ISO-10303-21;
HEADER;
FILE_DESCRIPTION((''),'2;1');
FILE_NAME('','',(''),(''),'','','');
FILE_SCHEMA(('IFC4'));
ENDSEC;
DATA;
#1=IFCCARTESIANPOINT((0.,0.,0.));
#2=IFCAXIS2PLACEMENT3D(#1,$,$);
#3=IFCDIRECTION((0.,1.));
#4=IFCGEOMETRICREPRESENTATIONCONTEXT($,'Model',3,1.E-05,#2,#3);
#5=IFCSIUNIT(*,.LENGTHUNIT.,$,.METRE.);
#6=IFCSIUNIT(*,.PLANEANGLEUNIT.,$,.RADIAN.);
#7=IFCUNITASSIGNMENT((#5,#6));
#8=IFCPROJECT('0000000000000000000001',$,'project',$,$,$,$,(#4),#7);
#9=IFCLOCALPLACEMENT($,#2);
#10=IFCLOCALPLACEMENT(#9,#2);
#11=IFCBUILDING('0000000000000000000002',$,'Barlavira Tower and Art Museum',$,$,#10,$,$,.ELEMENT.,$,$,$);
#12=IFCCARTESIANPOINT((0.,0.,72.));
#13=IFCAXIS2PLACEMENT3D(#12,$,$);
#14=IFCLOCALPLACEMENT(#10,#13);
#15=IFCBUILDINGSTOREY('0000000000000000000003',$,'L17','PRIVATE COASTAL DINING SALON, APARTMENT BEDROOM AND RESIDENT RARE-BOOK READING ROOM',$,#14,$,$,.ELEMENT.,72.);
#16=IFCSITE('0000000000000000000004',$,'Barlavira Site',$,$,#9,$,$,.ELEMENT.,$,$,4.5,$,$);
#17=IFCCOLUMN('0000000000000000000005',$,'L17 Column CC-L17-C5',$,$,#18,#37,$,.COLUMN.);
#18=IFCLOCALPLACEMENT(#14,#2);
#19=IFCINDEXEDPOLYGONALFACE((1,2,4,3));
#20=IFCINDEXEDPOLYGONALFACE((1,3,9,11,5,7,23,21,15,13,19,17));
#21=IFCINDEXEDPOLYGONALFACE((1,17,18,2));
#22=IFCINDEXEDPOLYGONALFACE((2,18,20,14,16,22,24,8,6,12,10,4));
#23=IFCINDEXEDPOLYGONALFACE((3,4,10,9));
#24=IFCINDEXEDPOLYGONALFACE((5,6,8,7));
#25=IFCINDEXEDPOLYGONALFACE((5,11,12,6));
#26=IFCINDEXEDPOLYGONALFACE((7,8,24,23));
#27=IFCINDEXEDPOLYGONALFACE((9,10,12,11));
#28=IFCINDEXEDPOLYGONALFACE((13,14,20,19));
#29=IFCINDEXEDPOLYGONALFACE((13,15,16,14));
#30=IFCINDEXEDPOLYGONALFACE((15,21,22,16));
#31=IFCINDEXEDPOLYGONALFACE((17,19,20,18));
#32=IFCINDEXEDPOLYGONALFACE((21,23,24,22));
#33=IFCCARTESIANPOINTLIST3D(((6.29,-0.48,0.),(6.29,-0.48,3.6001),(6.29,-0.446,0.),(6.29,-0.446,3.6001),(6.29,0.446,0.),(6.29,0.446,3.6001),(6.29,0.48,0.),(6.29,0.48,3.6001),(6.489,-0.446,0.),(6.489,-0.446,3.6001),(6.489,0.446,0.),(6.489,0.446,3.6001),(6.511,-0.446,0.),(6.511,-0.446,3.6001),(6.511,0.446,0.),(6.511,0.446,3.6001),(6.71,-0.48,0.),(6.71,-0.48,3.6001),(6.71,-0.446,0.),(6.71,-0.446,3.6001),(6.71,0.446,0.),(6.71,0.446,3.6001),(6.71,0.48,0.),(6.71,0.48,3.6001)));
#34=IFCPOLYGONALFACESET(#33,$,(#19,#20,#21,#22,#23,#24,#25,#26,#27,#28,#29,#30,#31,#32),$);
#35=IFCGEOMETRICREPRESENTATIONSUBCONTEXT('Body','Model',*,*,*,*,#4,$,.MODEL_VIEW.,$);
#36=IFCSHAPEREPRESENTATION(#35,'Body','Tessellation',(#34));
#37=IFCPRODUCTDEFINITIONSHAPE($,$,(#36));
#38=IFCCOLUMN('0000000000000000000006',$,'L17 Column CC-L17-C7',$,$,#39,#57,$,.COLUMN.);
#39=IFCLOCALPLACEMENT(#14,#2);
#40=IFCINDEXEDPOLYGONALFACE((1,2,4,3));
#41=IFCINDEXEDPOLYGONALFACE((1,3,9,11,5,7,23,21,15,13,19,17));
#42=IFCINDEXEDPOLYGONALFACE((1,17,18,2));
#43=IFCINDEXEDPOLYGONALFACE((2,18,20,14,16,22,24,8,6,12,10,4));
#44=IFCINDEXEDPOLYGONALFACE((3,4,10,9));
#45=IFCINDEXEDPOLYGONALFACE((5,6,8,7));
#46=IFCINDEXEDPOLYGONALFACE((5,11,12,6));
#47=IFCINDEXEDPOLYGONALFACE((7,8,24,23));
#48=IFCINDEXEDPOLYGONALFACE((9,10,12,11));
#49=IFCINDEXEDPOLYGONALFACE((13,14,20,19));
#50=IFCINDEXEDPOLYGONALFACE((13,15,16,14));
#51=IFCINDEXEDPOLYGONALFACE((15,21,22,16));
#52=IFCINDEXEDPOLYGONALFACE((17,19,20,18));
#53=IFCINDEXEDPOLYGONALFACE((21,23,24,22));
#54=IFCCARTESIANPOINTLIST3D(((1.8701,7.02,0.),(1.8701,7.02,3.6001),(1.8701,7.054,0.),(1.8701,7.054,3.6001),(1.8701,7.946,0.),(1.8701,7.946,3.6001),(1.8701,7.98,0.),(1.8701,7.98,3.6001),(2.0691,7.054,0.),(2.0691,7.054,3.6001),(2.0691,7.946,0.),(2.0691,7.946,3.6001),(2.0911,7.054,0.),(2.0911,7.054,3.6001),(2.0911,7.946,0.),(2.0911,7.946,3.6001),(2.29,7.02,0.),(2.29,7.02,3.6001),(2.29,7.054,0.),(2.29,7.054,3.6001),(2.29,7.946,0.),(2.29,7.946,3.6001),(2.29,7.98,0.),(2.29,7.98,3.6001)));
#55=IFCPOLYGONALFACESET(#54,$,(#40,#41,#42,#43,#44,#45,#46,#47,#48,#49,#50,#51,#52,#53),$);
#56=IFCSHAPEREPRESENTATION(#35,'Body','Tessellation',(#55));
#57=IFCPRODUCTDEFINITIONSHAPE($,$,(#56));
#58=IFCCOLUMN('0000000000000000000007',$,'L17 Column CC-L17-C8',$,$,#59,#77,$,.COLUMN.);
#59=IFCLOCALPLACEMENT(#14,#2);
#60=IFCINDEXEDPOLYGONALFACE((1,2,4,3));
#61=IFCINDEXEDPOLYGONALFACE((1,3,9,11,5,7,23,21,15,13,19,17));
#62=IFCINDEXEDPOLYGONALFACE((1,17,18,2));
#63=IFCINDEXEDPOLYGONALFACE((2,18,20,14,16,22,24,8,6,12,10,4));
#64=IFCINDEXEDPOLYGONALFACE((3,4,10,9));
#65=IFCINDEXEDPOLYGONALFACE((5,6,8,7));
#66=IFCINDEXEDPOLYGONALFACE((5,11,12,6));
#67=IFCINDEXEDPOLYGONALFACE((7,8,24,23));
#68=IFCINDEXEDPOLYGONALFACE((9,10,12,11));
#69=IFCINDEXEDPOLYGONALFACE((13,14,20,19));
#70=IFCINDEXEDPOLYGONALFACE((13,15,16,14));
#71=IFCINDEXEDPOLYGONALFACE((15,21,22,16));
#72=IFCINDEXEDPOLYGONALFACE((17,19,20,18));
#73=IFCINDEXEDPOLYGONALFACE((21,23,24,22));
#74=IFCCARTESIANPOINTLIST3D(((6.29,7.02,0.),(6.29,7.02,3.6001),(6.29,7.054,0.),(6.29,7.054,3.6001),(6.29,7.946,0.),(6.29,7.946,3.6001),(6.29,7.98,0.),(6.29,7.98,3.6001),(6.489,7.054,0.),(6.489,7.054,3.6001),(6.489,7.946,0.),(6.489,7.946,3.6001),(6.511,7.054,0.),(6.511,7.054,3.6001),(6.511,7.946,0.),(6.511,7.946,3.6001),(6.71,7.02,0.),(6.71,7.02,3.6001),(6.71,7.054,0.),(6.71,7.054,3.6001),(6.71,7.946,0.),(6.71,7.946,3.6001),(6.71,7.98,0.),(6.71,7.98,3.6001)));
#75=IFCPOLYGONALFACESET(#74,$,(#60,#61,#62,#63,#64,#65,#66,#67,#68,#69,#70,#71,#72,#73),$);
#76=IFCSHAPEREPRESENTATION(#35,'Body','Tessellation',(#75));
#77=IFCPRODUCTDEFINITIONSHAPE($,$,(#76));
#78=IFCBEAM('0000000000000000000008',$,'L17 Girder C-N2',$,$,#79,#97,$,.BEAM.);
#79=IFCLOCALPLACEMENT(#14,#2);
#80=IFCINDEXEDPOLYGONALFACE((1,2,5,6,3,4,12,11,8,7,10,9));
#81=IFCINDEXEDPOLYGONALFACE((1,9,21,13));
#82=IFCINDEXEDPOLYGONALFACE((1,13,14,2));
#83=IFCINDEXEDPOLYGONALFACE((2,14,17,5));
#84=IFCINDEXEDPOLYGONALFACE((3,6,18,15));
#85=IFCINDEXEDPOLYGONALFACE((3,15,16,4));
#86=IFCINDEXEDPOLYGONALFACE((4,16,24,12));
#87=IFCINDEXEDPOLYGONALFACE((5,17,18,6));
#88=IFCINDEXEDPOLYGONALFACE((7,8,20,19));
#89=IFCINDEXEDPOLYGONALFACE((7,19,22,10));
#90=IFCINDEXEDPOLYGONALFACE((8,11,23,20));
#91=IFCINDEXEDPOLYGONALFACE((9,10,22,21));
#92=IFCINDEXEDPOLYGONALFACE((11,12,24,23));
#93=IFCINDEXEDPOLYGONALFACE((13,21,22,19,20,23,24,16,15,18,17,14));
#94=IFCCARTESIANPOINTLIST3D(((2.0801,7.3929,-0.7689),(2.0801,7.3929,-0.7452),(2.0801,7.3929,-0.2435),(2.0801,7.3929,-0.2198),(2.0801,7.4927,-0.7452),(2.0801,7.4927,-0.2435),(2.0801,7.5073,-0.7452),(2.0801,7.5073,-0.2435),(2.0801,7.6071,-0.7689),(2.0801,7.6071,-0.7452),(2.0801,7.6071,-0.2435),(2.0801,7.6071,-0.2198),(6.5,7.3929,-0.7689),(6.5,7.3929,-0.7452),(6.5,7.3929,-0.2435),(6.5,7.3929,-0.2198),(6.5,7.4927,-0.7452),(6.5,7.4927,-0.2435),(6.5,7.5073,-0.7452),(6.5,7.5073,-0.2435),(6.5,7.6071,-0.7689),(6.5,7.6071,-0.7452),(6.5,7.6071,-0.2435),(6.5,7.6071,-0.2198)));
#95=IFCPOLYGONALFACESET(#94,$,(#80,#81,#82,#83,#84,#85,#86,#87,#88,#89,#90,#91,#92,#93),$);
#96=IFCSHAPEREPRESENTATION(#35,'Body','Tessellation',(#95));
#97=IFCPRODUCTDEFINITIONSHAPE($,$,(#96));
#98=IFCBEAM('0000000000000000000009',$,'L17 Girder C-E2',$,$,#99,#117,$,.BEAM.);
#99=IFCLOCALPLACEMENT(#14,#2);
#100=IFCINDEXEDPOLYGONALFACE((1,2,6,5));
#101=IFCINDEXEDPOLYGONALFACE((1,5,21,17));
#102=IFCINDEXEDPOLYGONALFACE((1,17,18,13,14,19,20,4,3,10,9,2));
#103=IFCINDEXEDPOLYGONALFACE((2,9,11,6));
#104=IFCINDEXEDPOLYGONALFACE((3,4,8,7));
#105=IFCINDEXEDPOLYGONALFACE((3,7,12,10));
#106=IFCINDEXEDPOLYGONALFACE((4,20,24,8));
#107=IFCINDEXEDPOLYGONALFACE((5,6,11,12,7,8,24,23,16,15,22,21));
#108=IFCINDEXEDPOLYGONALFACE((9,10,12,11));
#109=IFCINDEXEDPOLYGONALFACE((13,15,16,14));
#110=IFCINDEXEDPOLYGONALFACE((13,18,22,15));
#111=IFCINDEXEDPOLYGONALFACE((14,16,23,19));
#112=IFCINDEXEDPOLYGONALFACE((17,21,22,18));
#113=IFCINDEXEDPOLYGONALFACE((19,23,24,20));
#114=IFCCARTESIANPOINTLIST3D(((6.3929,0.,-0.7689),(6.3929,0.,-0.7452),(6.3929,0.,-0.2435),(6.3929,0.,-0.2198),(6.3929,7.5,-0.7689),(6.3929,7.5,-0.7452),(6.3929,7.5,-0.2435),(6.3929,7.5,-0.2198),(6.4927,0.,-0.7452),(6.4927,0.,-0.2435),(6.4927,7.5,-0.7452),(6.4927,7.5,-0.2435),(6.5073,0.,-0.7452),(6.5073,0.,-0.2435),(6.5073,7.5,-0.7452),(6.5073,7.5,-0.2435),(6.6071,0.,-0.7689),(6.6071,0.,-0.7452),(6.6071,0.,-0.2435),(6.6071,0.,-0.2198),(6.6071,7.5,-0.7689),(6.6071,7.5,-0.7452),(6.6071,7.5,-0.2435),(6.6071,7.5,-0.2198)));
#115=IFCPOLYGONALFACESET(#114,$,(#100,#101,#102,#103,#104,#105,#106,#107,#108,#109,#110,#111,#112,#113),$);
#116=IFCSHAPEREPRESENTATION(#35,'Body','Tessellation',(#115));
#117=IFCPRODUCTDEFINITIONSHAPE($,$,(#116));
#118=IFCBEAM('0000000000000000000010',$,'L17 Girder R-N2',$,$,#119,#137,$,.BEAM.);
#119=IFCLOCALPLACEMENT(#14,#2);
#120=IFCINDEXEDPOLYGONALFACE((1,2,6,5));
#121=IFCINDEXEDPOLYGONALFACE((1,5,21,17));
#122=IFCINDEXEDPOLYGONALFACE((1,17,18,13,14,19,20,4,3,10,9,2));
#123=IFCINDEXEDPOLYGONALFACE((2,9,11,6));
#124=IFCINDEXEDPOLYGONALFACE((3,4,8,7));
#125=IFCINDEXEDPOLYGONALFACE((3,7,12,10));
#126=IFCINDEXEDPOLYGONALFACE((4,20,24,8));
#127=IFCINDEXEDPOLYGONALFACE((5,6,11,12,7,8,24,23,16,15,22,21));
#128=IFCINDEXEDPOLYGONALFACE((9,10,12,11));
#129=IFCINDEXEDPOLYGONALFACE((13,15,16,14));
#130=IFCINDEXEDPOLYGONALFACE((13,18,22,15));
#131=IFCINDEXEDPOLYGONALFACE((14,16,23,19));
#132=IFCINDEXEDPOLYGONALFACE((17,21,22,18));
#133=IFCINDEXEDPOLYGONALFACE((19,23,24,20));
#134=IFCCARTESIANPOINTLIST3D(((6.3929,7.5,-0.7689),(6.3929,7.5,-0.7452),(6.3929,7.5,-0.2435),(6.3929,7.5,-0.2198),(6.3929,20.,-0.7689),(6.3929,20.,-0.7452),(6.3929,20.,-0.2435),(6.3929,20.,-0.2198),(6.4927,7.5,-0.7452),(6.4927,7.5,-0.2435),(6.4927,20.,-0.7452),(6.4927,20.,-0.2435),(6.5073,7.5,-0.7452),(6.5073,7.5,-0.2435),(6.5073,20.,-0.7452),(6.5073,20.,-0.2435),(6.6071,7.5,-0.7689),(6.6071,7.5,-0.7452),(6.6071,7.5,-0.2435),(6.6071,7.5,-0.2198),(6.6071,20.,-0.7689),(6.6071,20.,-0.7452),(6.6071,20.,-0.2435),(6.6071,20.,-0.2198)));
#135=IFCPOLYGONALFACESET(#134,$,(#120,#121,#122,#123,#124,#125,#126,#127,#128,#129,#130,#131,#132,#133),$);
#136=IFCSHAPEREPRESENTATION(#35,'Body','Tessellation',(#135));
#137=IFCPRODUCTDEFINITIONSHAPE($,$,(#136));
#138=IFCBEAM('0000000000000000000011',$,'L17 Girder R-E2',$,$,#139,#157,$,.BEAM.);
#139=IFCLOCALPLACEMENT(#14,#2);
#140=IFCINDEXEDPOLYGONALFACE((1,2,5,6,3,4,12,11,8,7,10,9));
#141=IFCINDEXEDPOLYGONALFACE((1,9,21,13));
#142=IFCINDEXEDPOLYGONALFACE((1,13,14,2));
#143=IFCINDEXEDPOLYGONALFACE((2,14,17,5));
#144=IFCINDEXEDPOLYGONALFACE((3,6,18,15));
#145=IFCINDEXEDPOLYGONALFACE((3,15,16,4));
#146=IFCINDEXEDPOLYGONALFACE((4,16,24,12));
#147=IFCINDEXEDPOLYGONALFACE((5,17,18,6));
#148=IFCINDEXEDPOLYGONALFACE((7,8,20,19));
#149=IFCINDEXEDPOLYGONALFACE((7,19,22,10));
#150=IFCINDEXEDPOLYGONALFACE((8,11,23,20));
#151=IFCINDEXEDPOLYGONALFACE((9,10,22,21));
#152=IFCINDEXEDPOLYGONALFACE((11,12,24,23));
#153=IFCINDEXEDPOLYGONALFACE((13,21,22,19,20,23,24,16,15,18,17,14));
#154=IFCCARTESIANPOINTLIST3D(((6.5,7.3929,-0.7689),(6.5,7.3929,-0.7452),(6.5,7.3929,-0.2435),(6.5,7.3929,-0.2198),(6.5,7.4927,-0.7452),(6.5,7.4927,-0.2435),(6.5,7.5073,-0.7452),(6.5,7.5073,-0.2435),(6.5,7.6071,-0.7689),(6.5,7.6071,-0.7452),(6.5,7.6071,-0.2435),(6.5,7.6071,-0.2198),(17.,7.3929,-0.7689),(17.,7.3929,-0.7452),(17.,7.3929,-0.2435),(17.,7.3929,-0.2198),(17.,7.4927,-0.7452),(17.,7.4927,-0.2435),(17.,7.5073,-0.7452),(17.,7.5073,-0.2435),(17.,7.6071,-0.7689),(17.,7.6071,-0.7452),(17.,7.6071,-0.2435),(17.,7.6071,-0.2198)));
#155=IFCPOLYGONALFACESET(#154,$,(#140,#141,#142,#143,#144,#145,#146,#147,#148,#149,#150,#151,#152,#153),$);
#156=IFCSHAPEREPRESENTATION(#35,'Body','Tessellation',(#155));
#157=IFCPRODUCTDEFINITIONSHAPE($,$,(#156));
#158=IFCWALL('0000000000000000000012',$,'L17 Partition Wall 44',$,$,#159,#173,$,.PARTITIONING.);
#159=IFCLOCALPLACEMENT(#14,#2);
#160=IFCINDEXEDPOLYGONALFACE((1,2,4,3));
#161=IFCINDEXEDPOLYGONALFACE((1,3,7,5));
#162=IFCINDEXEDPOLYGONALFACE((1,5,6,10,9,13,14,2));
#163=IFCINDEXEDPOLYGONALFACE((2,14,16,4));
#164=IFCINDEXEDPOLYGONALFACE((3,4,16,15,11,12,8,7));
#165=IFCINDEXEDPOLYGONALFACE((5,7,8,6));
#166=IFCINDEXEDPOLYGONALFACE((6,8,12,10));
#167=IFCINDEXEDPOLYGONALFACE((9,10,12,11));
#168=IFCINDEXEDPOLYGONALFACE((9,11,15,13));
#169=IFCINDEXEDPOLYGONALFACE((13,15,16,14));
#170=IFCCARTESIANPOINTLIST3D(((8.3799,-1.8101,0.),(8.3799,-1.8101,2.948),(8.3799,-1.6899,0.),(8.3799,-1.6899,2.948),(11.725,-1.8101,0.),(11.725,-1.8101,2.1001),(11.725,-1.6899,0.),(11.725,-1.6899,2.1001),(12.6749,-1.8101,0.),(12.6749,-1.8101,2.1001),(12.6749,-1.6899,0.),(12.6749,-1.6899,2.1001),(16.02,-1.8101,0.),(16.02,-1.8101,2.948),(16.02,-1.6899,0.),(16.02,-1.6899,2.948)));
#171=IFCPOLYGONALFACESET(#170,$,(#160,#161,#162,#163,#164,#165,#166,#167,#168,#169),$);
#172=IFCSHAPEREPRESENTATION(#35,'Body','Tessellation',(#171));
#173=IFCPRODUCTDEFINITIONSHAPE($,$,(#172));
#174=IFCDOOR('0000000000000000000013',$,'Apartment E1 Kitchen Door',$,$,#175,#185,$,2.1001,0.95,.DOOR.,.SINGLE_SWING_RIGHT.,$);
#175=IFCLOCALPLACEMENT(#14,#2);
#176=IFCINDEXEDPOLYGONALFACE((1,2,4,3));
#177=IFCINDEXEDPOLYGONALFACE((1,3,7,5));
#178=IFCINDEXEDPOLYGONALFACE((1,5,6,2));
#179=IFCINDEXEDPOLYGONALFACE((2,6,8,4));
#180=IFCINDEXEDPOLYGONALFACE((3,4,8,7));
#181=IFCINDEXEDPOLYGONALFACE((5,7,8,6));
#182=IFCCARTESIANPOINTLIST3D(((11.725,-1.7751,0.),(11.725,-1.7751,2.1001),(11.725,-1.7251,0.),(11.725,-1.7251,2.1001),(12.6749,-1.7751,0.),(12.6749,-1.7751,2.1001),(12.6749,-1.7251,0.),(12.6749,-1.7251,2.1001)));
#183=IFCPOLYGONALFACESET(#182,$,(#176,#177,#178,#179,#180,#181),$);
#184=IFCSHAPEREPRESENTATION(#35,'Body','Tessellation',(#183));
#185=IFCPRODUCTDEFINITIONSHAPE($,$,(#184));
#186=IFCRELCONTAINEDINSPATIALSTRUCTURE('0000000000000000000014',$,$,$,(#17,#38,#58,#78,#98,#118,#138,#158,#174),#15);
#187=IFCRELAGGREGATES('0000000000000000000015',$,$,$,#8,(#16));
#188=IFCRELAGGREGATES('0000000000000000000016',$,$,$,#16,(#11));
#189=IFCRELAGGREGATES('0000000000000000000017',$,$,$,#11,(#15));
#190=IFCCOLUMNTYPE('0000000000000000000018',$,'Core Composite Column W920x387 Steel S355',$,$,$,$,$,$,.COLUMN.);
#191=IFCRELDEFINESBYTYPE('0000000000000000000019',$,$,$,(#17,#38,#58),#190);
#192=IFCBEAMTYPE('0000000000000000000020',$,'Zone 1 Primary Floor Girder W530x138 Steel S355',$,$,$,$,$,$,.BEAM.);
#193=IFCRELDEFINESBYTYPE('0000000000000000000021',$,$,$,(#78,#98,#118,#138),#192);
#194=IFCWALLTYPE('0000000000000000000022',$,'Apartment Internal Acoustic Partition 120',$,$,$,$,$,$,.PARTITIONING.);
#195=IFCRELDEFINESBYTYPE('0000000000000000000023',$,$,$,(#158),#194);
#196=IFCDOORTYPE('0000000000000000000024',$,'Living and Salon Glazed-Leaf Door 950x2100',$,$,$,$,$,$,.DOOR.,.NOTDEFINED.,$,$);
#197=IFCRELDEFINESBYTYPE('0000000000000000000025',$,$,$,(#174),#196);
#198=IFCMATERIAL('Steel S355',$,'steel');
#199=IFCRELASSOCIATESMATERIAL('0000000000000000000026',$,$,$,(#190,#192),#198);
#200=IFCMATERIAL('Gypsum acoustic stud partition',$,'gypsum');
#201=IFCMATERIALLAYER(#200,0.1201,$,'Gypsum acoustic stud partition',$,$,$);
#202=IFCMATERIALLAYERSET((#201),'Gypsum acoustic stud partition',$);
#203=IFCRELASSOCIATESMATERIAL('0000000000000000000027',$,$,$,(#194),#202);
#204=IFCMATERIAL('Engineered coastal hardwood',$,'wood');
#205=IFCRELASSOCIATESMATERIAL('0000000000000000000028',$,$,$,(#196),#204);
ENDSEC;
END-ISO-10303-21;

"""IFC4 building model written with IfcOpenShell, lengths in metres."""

from ifc_helpers import new_model, si_unit, direction, frame, frame_2d, origin, origin_2d, place, context, subcontext, project, spatial, rectangle, i_section, extrude, material, layer, layer_set, material_profile, profile_set, type_object, element, fill, save


model = new_model("IFC4")

# Units and contexts
model_context = context("Model", 3, precision=1e-05, world=origin(), true_north=direction((0.0, 1.0)))
body_context = subcontext(model_context, "Body", "Model", "MODEL_VIEW")
ifc_project = project(units=[si_unit("LENGTHUNIT", "METRE"), si_unit("PLANEANGLEUNIT", "RADIAN")], contexts=[model_context])

# Site, building, storey
site_placement = place(None, origin())
site = spatial("IfcSite", under=ifc_project, at=site_placement, Name="Barlavira Site", CompositionType="ELEMENT", RefElevation=4.5)
building_placement = place(site_placement, origin())
building = spatial("IfcBuilding", under=site, at=building_placement, Name="Barlavira Tower and Art Museum", CompositionType="ELEMENT")
storey_placement = place(building_placement, frame((0.0, 0.0, 72.0)))
storey = spatial("IfcBuildingStorey", under=building, at=storey_placement, Name="L17", Description="PRIVATE COASTAL DINING SALON, APARTMENT BEDROOM AND RESIDENT RARE-BOOK READING ROOM", CompositionType="ELEMENT", Elevation=72.0)

# Columns
ifc_material_1 = material(Name="Steel S355", Category="steel")
ifc_material_profile_1 = material_profile(ifc_material_1, i_section(OverallWidth=0.4199, OverallDepth=0.96, WebThickness=0.022, FlangeThickness=0.0339, at=origin_2d()), Name="W920x387.0")
ifc_profile_set_1 = profile_set([ifc_material_profile_1], Name="Steel S355")
column_type = type_object("IfcColumnType", Name="Core Composite Column W920x387 Steel S355", PredefinedType="COLUMN", material=ifc_profile_set_1)
for number, where, z_axis, x_axis, name in (
    (1, (6.5, 0.0, 0.0), (0.0, 0.0, 1.0), (1.0, 0.0, 0.0), "L17 Column CC-L17-C5"),
    (2, (2.0801, 7.5, 0.0), (0.0, 0.0, 1.0), (1.0, 0.0, 0.0), "L17 Column CC-L17-C7"),
    (3, (6.5, 7.5, 0.0), (0.0, 0.0, 1.0), (1.0, 0.0, 0.0), "L17 Column CC-L17-C8"),
):
    element("IfcColumn", number, at=place(storey_placement, frame(where, z_axis=z_axis, x_axis=x_axis)), inside=storey, type_object=column_type, Name=name, PredefinedType="COLUMN", context=body_context, shape_type="SweptSolid", body=[
        extrude(i_section(OverallWidth=0.4199, OverallDepth=0.96, WebThickness=0.022, FlangeThickness=0.0339, at=origin_2d()), origin(), (0.0, 0.0, 1.0), 3.6001),
    ])

# Beams
ifc_material_profile_2 = material_profile(ifc_material_1, i_section(OverallWidth=0.2141, OverallDepth=0.5491, WebThickness=0.0146, FlangeThickness=0.0237, at=origin_2d()), Name="W530x138.0")
ifc_profile_set_2 = profile_set([ifc_material_profile_2], Name="Steel S355")
beam_type = type_object("IfcBeamType", Name="Zone 1 Primary Floor Girder W530x138 Steel S355", PredefinedType="BEAM", material=ifc_profile_set_2)
beam_1_placement = place(storey_placement, frame((2.0801, 7.5, -0.4944), z_axis=(1.0, 0.0, 0.0), x_axis=(0.0, 1.0, 0.0)))
element("IfcBeam", 4, at=beam_1_placement, inside=storey, type_object=beam_type, Name="L17 Girder C-N2", PredefinedType="BEAM", context=body_context, shape_type="SweptSolid", body=[
    extrude(i_section(OverallWidth=0.2141, OverallDepth=0.5491, WebThickness=0.0146, FlangeThickness=0.0237, at=origin_2d()), origin(), (0.0, 0.0, 1.0), 4.4199),
])
beam_2_placement = place(storey_placement, frame((6.5, 0.0, -0.4944), z_axis=(0.0, 1.0, 0.0), x_axis=(-1.0, 0.0, 0.0)))
element("IfcBeam", 5, at=beam_2_placement, inside=storey, type_object=beam_type, Name="L17 Girder C-E2", PredefinedType="BEAM", context=body_context, shape_type="SweptSolid", body=[
    extrude(i_section(OverallWidth=0.2141, OverallDepth=0.5491, WebThickness=0.0146, FlangeThickness=0.0237, at=origin_2d()), origin(), (0.0, 0.0, 1.0), 7.5),
])
beam_3_placement = place(storey_placement, frame((6.5, 7.5, -0.4944), z_axis=(0.0, 1.0, 0.0), x_axis=(-1.0, 0.0, 0.0)))
element("IfcBeam", 6, at=beam_3_placement, inside=storey, type_object=beam_type, Name="L17 Girder R-N2", PredefinedType="BEAM", context=body_context, shape_type="SweptSolid", body=[
    extrude(i_section(OverallWidth=0.2141, OverallDepth=0.5491, WebThickness=0.0146, FlangeThickness=0.0237, at=origin_2d()), origin(), (0.0, 0.0, 1.0), 12.5),
])
beam_4_placement = place(storey_placement, frame((6.5, 7.5, -0.4944), z_axis=(1.0, 0.0, 0.0), x_axis=(0.0, 1.0, 0.0)))
element("IfcBeam", 7, at=beam_4_placement, inside=storey, type_object=beam_type, Name="L17 Girder R-E2", PredefinedType="BEAM", context=body_context, shape_type="SweptSolid", body=[
    extrude(i_section(OverallWidth=0.2141, OverallDepth=0.5491, WebThickness=0.0146, FlangeThickness=0.0237, at=origin_2d()), origin(), (0.0, 0.0, 1.0), 10.5),
])

# Wall, opening, door
ifc_material_2 = material(Name="Gypsum acoustic stud partition", Category="gypsum")
ifc_layer_1 = layer(ifc_material_2, 0.1201, Name="Gypsum acoustic stud partition")
ifc_layer_set_1 = layer_set([ifc_layer_1], Name="Gypsum acoustic stud partition")
wall_type_1 = type_object("IfcWallType", Name="Apartment Internal Acoustic Partition 120", PredefinedType="PARTITIONING", material=ifc_layer_set_1)
wall_1_placement = place(storey_placement, frame((8.3799, -1.75, 0.0), z_axis=(0.0, 0.0, 1.0), x_axis=(1.0, 0.0, 0.0)))
wall_1 = element("IfcWall", 8, at=wall_1_placement, inside=storey, type_object=wall_type_1, Name="L17 Partition Wall 44", PredefinedType="PARTITIONING", context=body_context, shape_type="SweptSolid", body=[
    extrude(rectangle(XDim=7.6401, YDim=0.1201, at=frame_2d((3.8201, 0.0))), origin(), (0.0, 0.0, 1.0), 2.948),
])
opening_1_placement = place(wall_1_placement, frame((3.345, 0.0, 0.0)))
opening_1 = element("IfcOpeningElement", 9, at=opening_1_placement, cuts=wall_1, PredefinedType="OPENING", context=body_context, shape_type="SweptSolid", body=[
    extrude(rectangle(XDim=0.95, YDim=2.1001, at=frame_2d((0.4751, 1.05))), frame((0.0, 0.0701, 0.0), z_axis=(0.0, -1.0, 0.0), x_axis=(1.0, 0.0, 0.0)), (0.0, 0.0, 1.0), 0.1401),
])
ifc_material_3 = material(Name="Engineered coastal hardwood", Category="wood")
door_type_1 = type_object("IfcDoorType", Name="Living and Salon Glazed-Leaf Door 950x2100", OperationType="NOTDEFINED", PredefinedType="DOOR", material=ifc_material_3)
door_1_placement = place(opening_1_placement, origin())
door_1 = element("IfcDoor", 10, at=door_1_placement, inside=storey, type_object=door_type_1, Name="Apartment E1 Kitchen Door", OperationType="SINGLE_SWING_RIGHT", OverallHeight=2.1001, OverallWidth=0.95, PredefinedType="DOOR", context=body_context, shape_type="SweptSolid", body=[
    extrude(rectangle(XDim=0.95, YDim=2.1001, at=frame_2d((0.4751, 1.05))), frame((0.0, 0.0249, 0.0), z_axis=(0.0, -1.0, 0.0), x_axis=(1.0, 0.0, 0.0)), (0.0, 0.0, 1.0), 0.05),
])
fill(opening_1, door_1)

save(model, "model.ifc")
